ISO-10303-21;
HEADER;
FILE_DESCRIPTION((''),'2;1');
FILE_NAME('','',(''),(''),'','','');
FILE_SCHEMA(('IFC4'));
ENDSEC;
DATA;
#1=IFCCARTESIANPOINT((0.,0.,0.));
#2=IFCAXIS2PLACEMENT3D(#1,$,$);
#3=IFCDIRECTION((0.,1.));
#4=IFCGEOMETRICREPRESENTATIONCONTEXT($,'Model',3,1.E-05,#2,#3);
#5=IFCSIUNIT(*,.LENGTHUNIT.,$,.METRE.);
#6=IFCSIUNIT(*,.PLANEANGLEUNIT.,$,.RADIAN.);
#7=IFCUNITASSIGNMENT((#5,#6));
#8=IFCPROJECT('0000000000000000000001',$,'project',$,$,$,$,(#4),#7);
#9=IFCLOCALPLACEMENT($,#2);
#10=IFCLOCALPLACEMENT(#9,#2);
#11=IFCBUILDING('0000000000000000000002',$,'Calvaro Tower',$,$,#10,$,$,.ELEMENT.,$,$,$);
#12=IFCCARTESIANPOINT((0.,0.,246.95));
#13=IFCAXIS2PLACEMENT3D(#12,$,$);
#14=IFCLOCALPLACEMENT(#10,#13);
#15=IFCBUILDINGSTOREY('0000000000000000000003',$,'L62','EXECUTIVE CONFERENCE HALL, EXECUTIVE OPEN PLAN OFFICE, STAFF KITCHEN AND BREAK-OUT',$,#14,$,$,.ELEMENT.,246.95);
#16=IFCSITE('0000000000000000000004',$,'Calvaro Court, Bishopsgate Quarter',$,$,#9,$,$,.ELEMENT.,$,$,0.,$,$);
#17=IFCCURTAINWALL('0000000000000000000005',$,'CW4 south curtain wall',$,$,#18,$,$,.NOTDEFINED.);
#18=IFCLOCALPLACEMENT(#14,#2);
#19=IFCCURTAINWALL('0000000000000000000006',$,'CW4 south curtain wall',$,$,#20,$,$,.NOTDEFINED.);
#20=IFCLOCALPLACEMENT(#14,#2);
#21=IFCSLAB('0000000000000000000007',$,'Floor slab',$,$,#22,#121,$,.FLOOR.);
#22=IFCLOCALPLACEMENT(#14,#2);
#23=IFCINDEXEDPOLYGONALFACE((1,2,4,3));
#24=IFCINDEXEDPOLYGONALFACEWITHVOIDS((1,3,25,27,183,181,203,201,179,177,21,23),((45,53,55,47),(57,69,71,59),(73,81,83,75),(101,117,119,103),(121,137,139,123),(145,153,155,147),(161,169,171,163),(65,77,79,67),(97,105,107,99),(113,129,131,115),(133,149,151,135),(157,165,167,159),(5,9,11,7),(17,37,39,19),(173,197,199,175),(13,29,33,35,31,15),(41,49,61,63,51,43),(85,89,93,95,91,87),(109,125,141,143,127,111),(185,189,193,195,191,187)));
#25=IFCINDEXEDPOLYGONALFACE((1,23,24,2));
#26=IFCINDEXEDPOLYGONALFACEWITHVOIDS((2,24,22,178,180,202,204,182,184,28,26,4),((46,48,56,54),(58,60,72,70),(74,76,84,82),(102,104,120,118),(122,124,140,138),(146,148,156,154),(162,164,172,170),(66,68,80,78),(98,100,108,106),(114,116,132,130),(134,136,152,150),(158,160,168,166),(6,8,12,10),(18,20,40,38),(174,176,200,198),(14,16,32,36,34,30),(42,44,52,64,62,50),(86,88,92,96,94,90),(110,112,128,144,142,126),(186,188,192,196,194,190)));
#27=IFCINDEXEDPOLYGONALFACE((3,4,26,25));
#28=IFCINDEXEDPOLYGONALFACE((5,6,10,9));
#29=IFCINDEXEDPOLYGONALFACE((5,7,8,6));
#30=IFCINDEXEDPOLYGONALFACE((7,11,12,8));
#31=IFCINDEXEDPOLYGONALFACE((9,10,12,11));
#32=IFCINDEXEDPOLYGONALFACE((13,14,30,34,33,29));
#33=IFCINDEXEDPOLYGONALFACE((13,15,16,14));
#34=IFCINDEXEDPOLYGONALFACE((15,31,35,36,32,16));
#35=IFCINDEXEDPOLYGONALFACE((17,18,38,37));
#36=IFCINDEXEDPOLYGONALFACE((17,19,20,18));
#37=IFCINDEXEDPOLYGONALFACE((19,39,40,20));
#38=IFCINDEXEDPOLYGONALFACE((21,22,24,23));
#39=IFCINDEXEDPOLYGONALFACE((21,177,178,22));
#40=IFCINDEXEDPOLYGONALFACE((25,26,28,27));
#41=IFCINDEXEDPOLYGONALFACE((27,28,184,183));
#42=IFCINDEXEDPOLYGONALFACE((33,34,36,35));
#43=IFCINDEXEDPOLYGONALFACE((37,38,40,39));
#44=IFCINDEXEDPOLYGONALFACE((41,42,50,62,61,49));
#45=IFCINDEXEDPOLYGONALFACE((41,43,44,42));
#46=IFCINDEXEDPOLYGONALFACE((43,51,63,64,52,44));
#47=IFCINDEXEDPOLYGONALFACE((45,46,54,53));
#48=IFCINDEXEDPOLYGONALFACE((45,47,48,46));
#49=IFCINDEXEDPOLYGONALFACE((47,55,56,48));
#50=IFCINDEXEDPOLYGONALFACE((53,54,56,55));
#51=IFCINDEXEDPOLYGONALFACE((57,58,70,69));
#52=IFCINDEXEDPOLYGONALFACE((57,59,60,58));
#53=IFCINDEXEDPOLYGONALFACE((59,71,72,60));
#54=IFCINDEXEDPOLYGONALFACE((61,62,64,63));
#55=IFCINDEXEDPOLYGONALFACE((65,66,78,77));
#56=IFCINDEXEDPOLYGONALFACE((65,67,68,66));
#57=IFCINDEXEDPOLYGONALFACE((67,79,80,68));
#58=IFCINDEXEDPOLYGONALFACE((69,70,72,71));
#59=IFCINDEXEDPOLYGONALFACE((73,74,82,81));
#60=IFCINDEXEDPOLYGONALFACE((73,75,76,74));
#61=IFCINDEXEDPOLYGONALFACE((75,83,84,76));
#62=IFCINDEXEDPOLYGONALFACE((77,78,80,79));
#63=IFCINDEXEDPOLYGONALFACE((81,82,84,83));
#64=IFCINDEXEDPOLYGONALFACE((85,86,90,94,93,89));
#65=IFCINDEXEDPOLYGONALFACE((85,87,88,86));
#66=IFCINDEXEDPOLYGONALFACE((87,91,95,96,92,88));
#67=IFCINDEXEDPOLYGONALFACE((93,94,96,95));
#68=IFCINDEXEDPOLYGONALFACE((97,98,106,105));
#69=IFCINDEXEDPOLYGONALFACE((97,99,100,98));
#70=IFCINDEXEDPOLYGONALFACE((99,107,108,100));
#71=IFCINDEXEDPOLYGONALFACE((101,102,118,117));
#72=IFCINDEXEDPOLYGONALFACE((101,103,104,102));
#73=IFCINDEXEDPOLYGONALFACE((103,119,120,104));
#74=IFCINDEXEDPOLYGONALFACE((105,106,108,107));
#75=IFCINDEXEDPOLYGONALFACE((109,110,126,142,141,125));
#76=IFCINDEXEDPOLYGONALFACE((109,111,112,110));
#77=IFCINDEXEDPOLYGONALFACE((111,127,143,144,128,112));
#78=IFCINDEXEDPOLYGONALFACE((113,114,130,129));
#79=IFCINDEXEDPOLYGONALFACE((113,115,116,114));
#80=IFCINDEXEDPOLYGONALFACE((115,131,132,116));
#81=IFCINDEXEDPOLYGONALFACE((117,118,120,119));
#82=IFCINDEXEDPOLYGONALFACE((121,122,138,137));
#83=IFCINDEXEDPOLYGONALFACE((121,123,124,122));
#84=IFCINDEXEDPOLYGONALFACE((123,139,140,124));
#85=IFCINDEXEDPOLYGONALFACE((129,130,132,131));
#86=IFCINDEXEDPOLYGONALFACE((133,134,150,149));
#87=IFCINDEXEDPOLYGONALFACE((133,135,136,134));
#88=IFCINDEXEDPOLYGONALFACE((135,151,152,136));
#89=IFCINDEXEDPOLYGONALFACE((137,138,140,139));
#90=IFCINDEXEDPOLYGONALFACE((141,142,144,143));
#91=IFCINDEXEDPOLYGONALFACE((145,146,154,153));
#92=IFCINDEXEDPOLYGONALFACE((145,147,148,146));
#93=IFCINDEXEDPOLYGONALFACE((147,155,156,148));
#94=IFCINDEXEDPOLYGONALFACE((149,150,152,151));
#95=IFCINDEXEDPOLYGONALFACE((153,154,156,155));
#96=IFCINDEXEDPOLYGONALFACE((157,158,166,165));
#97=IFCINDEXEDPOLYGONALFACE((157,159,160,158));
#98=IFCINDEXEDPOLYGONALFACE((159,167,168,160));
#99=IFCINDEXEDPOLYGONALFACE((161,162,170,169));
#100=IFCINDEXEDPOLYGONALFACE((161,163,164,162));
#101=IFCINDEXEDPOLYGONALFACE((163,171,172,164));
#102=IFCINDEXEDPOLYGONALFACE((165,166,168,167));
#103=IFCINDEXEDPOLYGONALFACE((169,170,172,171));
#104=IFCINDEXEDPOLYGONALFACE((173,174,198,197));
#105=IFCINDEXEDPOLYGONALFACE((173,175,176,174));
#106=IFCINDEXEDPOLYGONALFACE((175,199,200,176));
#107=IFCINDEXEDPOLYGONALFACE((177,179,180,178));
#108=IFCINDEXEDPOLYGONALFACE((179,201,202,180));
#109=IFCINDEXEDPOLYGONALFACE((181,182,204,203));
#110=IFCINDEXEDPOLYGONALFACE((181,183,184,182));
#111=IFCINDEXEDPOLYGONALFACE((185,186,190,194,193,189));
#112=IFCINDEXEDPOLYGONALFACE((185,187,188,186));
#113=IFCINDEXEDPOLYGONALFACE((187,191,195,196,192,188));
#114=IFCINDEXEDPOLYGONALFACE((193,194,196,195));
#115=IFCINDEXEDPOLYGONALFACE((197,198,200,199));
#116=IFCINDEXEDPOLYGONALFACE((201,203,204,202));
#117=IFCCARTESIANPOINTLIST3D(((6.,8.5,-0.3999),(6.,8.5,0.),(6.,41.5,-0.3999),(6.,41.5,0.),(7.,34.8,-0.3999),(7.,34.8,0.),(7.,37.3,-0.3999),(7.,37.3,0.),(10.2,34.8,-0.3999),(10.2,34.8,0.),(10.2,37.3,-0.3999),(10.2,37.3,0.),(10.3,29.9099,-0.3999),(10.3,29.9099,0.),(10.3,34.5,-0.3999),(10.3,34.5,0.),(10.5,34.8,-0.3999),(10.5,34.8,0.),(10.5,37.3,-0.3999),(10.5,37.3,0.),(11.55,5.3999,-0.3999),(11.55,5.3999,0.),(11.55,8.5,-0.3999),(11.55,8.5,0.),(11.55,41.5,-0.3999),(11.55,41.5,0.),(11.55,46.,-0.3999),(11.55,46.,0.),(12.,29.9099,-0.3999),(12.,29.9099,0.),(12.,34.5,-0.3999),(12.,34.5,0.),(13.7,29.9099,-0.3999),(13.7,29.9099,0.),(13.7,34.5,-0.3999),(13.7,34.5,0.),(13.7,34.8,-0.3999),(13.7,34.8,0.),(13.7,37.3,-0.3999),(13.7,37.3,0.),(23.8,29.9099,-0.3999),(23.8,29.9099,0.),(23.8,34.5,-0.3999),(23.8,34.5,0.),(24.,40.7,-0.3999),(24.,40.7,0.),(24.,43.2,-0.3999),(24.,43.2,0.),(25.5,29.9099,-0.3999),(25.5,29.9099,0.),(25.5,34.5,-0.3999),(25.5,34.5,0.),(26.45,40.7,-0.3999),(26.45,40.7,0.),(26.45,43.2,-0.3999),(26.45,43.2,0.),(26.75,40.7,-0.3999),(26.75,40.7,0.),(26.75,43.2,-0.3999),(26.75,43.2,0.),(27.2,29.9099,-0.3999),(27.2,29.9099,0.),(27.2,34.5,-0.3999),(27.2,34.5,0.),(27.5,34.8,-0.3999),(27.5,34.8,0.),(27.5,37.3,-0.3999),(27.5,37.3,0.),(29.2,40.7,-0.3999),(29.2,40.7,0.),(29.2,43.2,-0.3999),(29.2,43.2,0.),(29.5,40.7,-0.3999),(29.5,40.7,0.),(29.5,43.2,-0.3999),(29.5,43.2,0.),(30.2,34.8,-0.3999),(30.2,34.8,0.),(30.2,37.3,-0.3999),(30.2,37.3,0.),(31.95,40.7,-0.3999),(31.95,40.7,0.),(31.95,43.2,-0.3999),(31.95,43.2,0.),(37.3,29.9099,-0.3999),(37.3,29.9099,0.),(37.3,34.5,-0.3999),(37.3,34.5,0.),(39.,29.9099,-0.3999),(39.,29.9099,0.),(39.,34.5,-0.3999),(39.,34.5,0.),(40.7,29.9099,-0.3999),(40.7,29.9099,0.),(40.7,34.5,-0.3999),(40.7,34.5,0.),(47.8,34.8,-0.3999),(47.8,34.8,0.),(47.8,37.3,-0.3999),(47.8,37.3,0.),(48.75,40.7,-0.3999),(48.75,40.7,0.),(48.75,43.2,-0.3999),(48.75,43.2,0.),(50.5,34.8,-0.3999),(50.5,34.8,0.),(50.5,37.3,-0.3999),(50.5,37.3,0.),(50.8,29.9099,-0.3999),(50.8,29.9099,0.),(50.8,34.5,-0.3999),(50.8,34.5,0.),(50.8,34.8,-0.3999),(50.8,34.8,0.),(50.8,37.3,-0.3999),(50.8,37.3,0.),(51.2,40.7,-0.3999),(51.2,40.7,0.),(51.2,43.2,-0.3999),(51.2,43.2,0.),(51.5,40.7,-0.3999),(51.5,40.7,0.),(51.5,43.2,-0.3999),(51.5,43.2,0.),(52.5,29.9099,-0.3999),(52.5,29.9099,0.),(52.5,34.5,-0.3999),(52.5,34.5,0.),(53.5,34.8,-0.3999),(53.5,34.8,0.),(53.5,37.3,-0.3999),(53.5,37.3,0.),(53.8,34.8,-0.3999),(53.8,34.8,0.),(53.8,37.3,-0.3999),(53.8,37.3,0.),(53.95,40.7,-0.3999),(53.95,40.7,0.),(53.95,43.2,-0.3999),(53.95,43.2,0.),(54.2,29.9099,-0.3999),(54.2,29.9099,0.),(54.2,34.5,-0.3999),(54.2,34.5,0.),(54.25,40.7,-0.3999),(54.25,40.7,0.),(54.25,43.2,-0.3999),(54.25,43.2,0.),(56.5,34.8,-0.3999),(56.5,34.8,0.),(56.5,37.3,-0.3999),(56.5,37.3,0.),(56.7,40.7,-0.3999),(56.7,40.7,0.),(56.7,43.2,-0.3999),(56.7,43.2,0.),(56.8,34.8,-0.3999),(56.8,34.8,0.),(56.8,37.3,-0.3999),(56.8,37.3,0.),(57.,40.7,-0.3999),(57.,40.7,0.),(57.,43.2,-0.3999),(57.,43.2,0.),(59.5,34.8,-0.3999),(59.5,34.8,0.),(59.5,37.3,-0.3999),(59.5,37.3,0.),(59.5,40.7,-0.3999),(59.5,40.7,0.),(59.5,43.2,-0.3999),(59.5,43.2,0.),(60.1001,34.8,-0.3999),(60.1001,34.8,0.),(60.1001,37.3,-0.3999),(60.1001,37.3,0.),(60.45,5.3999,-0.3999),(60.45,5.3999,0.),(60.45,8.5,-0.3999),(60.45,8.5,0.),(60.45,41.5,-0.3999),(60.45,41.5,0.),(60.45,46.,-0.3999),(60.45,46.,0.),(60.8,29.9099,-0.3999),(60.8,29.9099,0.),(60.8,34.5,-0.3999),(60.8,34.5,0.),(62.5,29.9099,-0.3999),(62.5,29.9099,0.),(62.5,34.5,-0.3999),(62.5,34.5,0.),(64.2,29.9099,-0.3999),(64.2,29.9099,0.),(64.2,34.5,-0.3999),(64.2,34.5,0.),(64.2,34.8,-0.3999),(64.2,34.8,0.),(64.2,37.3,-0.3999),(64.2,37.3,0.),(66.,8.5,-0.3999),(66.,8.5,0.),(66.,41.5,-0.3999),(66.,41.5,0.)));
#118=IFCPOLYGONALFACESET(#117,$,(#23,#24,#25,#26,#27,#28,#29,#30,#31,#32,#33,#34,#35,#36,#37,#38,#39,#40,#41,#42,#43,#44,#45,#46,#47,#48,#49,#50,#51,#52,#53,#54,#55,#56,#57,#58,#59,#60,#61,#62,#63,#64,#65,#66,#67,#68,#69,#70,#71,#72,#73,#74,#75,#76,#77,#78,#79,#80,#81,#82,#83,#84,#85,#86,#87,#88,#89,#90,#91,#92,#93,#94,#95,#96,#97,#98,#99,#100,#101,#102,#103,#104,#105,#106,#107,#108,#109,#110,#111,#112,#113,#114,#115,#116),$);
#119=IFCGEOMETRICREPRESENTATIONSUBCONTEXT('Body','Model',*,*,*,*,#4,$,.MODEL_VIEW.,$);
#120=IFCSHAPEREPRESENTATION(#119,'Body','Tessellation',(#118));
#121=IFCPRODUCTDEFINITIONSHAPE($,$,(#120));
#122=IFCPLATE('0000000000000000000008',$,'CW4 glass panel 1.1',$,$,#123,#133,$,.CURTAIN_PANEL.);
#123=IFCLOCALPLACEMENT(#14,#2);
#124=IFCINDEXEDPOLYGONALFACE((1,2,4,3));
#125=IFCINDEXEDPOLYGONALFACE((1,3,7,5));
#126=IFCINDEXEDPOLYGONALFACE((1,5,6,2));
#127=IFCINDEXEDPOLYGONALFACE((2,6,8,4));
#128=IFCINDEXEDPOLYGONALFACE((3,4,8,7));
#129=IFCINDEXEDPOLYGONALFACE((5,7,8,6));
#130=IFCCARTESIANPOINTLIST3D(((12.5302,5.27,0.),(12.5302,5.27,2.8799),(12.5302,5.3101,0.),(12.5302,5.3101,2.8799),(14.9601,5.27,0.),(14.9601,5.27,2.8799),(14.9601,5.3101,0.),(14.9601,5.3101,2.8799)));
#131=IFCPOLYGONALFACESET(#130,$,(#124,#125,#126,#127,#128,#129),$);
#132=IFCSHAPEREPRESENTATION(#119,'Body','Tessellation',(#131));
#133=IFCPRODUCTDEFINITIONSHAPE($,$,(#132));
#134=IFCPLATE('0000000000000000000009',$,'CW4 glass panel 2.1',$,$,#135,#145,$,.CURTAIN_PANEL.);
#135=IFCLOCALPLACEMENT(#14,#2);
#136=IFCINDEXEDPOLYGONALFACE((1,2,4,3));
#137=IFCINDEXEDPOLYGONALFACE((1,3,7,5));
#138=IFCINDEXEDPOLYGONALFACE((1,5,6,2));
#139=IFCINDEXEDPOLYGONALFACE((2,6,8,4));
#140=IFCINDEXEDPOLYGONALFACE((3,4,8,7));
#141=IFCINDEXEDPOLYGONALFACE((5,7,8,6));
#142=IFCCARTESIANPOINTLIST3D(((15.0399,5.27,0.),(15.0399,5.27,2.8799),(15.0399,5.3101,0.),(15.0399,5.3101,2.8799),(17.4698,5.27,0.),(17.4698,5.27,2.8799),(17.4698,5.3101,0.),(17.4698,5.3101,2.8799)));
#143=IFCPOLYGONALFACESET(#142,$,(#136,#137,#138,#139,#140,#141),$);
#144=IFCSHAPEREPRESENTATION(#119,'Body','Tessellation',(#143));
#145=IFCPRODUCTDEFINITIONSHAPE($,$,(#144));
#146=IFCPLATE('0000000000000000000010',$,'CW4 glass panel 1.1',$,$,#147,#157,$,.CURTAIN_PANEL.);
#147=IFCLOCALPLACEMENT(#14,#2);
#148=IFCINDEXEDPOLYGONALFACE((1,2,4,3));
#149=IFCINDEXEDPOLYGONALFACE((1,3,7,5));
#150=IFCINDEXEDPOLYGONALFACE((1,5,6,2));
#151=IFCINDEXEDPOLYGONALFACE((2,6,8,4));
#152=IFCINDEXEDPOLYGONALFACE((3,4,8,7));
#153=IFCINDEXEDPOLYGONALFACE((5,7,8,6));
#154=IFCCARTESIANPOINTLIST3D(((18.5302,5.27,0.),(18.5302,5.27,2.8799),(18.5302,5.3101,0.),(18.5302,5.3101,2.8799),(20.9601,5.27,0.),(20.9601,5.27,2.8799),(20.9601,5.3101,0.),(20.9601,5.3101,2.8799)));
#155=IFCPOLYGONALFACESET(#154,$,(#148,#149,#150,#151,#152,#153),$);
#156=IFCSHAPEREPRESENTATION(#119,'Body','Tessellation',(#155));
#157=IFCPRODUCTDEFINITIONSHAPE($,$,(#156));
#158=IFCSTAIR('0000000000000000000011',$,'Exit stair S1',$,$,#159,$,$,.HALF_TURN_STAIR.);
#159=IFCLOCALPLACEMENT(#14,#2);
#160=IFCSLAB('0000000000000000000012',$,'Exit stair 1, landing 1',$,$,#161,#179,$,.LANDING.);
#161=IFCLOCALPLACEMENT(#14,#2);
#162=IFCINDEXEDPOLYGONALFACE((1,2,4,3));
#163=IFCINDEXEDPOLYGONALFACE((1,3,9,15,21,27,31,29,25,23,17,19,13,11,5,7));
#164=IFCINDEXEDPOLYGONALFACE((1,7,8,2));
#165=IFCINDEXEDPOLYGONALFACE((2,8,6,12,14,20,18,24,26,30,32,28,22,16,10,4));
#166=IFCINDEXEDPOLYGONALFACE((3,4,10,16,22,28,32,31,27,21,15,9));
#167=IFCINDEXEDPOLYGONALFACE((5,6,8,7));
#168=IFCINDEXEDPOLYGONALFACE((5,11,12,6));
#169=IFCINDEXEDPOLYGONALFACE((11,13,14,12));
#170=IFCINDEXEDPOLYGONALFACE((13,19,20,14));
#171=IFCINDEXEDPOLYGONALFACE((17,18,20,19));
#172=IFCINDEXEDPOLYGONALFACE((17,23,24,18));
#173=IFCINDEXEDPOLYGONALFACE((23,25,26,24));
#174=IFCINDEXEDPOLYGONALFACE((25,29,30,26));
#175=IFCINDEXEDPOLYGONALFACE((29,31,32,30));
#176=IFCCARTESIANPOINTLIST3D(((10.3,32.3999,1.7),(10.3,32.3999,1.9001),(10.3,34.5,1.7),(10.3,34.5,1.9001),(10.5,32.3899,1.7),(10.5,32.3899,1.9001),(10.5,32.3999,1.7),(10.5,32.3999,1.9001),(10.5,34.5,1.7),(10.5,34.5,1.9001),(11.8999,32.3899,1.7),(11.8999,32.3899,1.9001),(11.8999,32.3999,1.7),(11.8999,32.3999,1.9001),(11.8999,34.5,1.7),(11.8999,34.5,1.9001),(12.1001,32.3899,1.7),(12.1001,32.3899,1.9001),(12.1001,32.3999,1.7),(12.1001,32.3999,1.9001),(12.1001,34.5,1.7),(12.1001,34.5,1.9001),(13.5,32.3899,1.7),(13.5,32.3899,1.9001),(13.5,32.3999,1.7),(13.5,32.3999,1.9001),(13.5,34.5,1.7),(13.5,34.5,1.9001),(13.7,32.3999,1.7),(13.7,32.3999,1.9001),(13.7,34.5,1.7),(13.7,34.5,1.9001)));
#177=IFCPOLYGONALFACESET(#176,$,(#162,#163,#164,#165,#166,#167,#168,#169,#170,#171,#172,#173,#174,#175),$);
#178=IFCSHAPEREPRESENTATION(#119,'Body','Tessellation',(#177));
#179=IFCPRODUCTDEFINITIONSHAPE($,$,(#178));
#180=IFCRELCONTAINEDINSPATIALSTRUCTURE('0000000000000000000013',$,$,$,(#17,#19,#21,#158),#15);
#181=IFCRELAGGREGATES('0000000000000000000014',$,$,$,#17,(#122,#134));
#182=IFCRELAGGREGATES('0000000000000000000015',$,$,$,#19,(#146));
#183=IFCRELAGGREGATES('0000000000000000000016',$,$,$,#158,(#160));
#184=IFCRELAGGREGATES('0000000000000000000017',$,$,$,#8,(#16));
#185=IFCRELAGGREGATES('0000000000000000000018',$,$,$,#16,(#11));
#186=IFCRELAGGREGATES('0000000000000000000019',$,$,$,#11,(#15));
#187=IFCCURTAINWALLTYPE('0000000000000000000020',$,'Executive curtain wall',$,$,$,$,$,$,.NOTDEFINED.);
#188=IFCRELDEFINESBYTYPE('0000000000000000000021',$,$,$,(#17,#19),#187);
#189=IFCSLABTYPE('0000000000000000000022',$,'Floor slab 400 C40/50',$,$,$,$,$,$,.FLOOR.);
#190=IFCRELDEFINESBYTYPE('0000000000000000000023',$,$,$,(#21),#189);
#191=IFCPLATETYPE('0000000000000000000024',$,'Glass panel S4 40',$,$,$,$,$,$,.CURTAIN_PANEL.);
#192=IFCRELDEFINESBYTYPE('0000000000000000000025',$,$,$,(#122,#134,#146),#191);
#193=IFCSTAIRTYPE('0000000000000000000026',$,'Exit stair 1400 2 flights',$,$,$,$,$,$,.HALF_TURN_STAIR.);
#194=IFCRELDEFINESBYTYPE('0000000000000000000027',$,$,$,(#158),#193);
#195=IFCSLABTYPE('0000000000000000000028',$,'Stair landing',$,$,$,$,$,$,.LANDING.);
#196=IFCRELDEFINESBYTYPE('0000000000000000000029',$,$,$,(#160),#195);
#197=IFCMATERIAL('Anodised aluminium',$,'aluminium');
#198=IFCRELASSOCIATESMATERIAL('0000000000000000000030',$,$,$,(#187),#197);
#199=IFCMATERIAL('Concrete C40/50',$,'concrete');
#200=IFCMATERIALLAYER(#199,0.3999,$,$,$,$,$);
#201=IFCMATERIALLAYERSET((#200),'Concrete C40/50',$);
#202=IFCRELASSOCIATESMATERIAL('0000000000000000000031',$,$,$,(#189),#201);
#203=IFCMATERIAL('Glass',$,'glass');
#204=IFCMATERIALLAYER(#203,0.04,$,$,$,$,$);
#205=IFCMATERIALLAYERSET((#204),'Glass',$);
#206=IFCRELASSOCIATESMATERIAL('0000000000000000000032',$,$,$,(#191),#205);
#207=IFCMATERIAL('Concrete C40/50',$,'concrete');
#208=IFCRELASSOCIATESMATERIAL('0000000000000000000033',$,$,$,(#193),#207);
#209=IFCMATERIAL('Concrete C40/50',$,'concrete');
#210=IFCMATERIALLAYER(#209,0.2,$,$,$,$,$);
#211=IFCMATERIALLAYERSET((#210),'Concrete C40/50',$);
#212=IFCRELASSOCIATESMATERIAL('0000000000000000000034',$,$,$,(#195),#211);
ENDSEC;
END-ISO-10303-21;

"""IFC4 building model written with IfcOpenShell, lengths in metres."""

from ifc_helpers import new_model, si_unit, direction, frame, origin, origin_2d, place, context, subcontext, project, spatial, polyline, rectangle, outline, extrude, material, layer, layer_set, type_object, element, aggregate, save


model = new_model("IFC4")

# Units and contexts
model_context = context("Model", 3, precision=1e-05, world=origin(), true_north=direction((0.0, 1.0)))
body_context = subcontext(model_context, "Body", "Model", "MODEL_VIEW")
ifc_project = project(units=[si_unit("LENGTHUNIT", "METRE"), si_unit("PLANEANGLEUNIT", "RADIAN")], contexts=[model_context])

# Site, building, storey
site_placement = place(None, origin())
site = spatial("IfcSite", under=ifc_project, at=site_placement, Name="Calvaro Court, Bishopsgate Quarter", CompositionType="ELEMENT", RefElevation=0.0)
building_placement = place(site_placement, origin())
building = spatial("IfcBuilding", under=site, at=building_placement, Name="Calvaro Tower", CompositionType="ELEMENT")
storey_placement = place(building_placement, frame((0.0, 0.0, 246.95)))
storey = spatial("IfcBuildingStorey", under=building, at=storey_placement, Name="L62", Description="EXECUTIVE CONFERENCE HALL, EXECUTIVE OPEN PLAN OFFICE, STAFF KITCHEN AND BREAK-OUT", CompositionType="ELEMENT", Elevation=246.95)

# Curtain walls
ifc_material_1 = material(Name="Anodised aluminium", Category="aluminium")
curtain_wall_type = type_object("IfcCurtainWallType", Name="Executive curtain wall", PredefinedType="NOTDEFINED", material=ifc_material_1)
curtain_wall_1_placement = place(storey_placement, origin())
curtain_wall_1 = element("IfcCurtainWall", 1, at=curtain_wall_1_placement, inside=storey, type_object=curtain_wall_type, Name="CW4 south curtain wall", PredefinedType="NOTDEFINED")
curtain_wall_2_placement = place(storey_placement, origin())
curtain_wall_2 = element("IfcCurtainWall", 2, at=curtain_wall_2_placement, inside=storey, type_object=curtain_wall_type, Name="CW4 south curtain wall", PredefinedType="NOTDEFINED")

# Slab
ifc_material_2 = material(Name="Concrete C40/50", Category="concrete")
ifc_layer_1 = layer(ifc_material_2, 0.3999)
ifc_layer_set_1 = layer_set([ifc_layer_1], Name="Concrete C40/50")
slab_type_1 = type_object("IfcSlabType", Name="Floor slab 400 C40/50", PredefinedType="FLOOR", material=ifc_layer_set_1)
slab_1_placement = place(storey_placement, frame((0.0, 0.0, -0.3999)))
element("IfcSlab", 3, at=slab_1_placement, inside=storey, type_object=slab_type_1, Name="Floor slab", PredefinedType="FLOOR", context=body_context, shape_type="SweptSolid", body=[
    extrude(outline(polyline([(60.45, 8.5), (60.45, 5.3999), (11.55, 5.3999), (11.55, 8.5), (6.0, 8.5), (6.0, 41.5), (11.55, 41.5), (11.55, 46.0), (60.45, 46.0), (60.45, 41.5), (66.0, 41.5), (66.0, 8.5), (60.45, 8.5)]), holes=[polyline([(10.3, 29.9099), (10.3, 34.5), (12.0, 34.5), (13.7, 34.5), (13.7, 29.9099), (12.0, 29.9099), (10.3, 29.9099)]), polyline([(23.8, 29.9099), (23.8, 34.5), (25.5, 34.5), (27.2, 34.5), (27.2, 29.9099), (25.5, 29.9099), (23.8, 29.9099)]), polyline([(37.3, 29.9099), (37.3, 34.5), (39.0, 34.5), (40.7, 34.5), (40.7, 29.9099), (39.0, 29.9099), (37.3, 29.9099)]), polyline([(50.8, 29.9099), (50.8, 34.5), (52.5, 34.5), (54.2, 34.5), (54.2, 29.9099), (52.5, 29.9099), (50.8, 29.9099)]), polyline([(60.8, 29.9099), (60.8, 34.5), (62.5, 34.5), (64.2, 34.5), (64.2, 29.9099), (62.5, 29.9099), (60.8, 29.9099)]), polyline([(50.8, 34.8), (53.5, 34.8), (53.5, 37.3), (50.8, 37.3), (50.8, 34.8)]), polyline([(53.8, 34.8), (56.5, 34.8), (56.5, 37.3), (53.8, 37.3), (53.8, 34.8)]), polyline([(56.8, 34.8), (59.5, 34.8), (59.5, 37.3), (56.8, 37.3), (56.8, 34.8)]), polyline([(24.0, 40.7), (26.45, 40.7), (26.45, 43.2), (24.0, 43.2), (24.0, 40.7)]), polyline([(26.75, 40.7), (29.2, 40.7), (29.2, 43.2), (26.75, 43.2), (26.75, 40.7)]), polyline([(29.5, 40.7), (31.95, 40.7), (31.95, 43.2), (29.5, 43.2), (29.5, 40.7)]), polyline([(48.75, 40.7), (51.2, 40.7), (51.2, 43.2), (48.75, 43.2), (48.75, 40.7)]), polyline([(51.5, 40.7), (53.95, 40.7), (53.95, 43.2), (51.5, 43.2), (51.5, 40.7)]), polyline([(54.25, 40.7), (56.7, 40.7), (56.7, 43.2), (54.25, 43.2), (54.25, 40.7)]), polyline([(57.0, 40.7), (59.5, 40.7), (59.5, 43.2), (57.0, 43.2), (57.0, 40.7)]), polyline([(7.0, 34.8), (10.2, 34.8), (10.2, 37.3), (7.0, 37.3), (7.0, 34.8)]), polyline([(10.5, 34.8), (13.7, 34.8), (13.7, 37.3), (10.5, 37.3), (10.5, 34.8)]), polyline([(60.1001, 34.8), (64.2, 34.8), (64.2, 37.3), (60.1001, 37.3), (60.1001, 34.8)]), polyline([(27.5, 34.8), (30.2, 34.8), (30.2, 37.3), (27.5, 37.3), (27.5, 34.8)]), polyline([(47.8, 34.8), (50.5, 34.8), (50.5, 37.3), (47.8, 37.3), (47.8, 34.8)])]), origin(), (0.0, 0.0, 1.0), 0.3999),
])

# Plates
ifc_material_3 = material(Name="Glass", Category="glass")
ifc_layer_2 = layer(ifc_material_3, 0.04)
ifc_layer_set_2 = layer_set([ifc_layer_2], Name="Glass")
plate_type = type_object("IfcPlateType", Name="Glass panel S4 40", PredefinedType="CURTAIN_PANEL", material=ifc_layer_set_2)
plate_1_placement = place(storey_placement, frame((13.7451, 5.29, 0.0), z_axis=(0.0, 0.0, 1.0), x_axis=(1.0, 0.0, 0.0)))
plate_1 = element("IfcPlate", 4, at=plate_1_placement, type_object=plate_type, Name="CW4 glass panel 1.1", PredefinedType="CURTAIN_PANEL", context=body_context, shape_type="SweptSolid", body=[
    extrude(rectangle(XDim=2.4299, YDim=0.04, at=origin_2d()), origin(), (0.0, 0.0, 1.0), 2.8799),
])
plate_2_placement = place(storey_placement, frame((16.2549, 5.29, 0.0), z_axis=(0.0, 0.0, 1.0), x_axis=(1.0, 0.0, 0.0)))
plate_2 = element("IfcPlate", 5, at=plate_2_placement, type_object=plate_type, Name="CW4 glass panel 2.1", PredefinedType="CURTAIN_PANEL", context=body_context, shape_type="SweptSolid", body=[
    extrude(rectangle(XDim=2.4299, YDim=0.04, at=origin_2d()), origin(), (0.0, 0.0, 1.0), 2.8799),
])
aggregate(curtain_wall_1, [plate_1, plate_2])
plate_3_placement = place(storey_placement, frame((19.7451, 5.29, 0.0), z_axis=(0.0, 0.0, 1.0), x_axis=(1.0, 0.0, 0.0)))
plate_3 = element("IfcPlate", 6, at=plate_3_placement, type_object=plate_type, Name="CW4 glass panel 1.1", PredefinedType="CURTAIN_PANEL", context=body_context, shape_type="SweptSolid", body=[
    extrude(rectangle(XDim=2.4299, YDim=0.04, at=origin_2d()), origin(), (0.0, 0.0, 1.0), 2.8799),
])
aggregate(curtain_wall_2, [plate_3])

# Stair, slab
ifc_material_4 = material(Name="Concrete C40/50", Category="concrete")
stair_type = type_object("IfcStairType", Name="Exit stair 1400 2 flights", PredefinedType="HALF_TURN_STAIR", material=ifc_material_4)
stair_1_placement = place(storey_placement, origin())
stair_1 = element("IfcStair", 7, at=stair_1_placement, inside=storey, type_object=stair_type, Name="Exit stair S1", PredefinedType="HALF_TURN_STAIR")
ifc_material_5 = material(Name="Concrete C40/50", Category="concrete")
ifc_layer_3 = layer(ifc_material_5, 0.2)
ifc_layer_set_3 = layer_set([ifc_layer_3], Name="Concrete C40/50")
slab_type_2 = type_object("IfcSlabType", Name="Stair landing", PredefinedType="LANDING", material=ifc_layer_set_3)
slab_2_placement = place(storey_placement, frame((0.0, 0.0, 1.7)))
slab_2 = element("IfcSlab", 8, at=slab_2_placement, type_object=slab_type_2, Name="Exit stair 1, landing 1", PredefinedType="LANDING", context=body_context, shape_type="SweptSolid", body=[
    extrude(outline(polyline([(11.8999, 32.3899), (10.5, 32.3899), (10.5, 32.3999), (10.3, 32.3999), (10.3, 34.5), (10.5, 34.5), (11.8999, 34.5), (12.1001, 34.5), (13.5, 34.5), (13.7, 34.5), (13.7, 32.3999), (13.5, 32.3999), (13.5, 32.3899), (12.1001, 32.3899), (12.1001, 32.3999), (11.8999, 32.3999), (11.8999, 32.3899)])), origin(), (0.0, 0.0, 1.0), 0.2002),
])
aggregate(stair_1, [slab_2])

save(model, "model.ifc")
